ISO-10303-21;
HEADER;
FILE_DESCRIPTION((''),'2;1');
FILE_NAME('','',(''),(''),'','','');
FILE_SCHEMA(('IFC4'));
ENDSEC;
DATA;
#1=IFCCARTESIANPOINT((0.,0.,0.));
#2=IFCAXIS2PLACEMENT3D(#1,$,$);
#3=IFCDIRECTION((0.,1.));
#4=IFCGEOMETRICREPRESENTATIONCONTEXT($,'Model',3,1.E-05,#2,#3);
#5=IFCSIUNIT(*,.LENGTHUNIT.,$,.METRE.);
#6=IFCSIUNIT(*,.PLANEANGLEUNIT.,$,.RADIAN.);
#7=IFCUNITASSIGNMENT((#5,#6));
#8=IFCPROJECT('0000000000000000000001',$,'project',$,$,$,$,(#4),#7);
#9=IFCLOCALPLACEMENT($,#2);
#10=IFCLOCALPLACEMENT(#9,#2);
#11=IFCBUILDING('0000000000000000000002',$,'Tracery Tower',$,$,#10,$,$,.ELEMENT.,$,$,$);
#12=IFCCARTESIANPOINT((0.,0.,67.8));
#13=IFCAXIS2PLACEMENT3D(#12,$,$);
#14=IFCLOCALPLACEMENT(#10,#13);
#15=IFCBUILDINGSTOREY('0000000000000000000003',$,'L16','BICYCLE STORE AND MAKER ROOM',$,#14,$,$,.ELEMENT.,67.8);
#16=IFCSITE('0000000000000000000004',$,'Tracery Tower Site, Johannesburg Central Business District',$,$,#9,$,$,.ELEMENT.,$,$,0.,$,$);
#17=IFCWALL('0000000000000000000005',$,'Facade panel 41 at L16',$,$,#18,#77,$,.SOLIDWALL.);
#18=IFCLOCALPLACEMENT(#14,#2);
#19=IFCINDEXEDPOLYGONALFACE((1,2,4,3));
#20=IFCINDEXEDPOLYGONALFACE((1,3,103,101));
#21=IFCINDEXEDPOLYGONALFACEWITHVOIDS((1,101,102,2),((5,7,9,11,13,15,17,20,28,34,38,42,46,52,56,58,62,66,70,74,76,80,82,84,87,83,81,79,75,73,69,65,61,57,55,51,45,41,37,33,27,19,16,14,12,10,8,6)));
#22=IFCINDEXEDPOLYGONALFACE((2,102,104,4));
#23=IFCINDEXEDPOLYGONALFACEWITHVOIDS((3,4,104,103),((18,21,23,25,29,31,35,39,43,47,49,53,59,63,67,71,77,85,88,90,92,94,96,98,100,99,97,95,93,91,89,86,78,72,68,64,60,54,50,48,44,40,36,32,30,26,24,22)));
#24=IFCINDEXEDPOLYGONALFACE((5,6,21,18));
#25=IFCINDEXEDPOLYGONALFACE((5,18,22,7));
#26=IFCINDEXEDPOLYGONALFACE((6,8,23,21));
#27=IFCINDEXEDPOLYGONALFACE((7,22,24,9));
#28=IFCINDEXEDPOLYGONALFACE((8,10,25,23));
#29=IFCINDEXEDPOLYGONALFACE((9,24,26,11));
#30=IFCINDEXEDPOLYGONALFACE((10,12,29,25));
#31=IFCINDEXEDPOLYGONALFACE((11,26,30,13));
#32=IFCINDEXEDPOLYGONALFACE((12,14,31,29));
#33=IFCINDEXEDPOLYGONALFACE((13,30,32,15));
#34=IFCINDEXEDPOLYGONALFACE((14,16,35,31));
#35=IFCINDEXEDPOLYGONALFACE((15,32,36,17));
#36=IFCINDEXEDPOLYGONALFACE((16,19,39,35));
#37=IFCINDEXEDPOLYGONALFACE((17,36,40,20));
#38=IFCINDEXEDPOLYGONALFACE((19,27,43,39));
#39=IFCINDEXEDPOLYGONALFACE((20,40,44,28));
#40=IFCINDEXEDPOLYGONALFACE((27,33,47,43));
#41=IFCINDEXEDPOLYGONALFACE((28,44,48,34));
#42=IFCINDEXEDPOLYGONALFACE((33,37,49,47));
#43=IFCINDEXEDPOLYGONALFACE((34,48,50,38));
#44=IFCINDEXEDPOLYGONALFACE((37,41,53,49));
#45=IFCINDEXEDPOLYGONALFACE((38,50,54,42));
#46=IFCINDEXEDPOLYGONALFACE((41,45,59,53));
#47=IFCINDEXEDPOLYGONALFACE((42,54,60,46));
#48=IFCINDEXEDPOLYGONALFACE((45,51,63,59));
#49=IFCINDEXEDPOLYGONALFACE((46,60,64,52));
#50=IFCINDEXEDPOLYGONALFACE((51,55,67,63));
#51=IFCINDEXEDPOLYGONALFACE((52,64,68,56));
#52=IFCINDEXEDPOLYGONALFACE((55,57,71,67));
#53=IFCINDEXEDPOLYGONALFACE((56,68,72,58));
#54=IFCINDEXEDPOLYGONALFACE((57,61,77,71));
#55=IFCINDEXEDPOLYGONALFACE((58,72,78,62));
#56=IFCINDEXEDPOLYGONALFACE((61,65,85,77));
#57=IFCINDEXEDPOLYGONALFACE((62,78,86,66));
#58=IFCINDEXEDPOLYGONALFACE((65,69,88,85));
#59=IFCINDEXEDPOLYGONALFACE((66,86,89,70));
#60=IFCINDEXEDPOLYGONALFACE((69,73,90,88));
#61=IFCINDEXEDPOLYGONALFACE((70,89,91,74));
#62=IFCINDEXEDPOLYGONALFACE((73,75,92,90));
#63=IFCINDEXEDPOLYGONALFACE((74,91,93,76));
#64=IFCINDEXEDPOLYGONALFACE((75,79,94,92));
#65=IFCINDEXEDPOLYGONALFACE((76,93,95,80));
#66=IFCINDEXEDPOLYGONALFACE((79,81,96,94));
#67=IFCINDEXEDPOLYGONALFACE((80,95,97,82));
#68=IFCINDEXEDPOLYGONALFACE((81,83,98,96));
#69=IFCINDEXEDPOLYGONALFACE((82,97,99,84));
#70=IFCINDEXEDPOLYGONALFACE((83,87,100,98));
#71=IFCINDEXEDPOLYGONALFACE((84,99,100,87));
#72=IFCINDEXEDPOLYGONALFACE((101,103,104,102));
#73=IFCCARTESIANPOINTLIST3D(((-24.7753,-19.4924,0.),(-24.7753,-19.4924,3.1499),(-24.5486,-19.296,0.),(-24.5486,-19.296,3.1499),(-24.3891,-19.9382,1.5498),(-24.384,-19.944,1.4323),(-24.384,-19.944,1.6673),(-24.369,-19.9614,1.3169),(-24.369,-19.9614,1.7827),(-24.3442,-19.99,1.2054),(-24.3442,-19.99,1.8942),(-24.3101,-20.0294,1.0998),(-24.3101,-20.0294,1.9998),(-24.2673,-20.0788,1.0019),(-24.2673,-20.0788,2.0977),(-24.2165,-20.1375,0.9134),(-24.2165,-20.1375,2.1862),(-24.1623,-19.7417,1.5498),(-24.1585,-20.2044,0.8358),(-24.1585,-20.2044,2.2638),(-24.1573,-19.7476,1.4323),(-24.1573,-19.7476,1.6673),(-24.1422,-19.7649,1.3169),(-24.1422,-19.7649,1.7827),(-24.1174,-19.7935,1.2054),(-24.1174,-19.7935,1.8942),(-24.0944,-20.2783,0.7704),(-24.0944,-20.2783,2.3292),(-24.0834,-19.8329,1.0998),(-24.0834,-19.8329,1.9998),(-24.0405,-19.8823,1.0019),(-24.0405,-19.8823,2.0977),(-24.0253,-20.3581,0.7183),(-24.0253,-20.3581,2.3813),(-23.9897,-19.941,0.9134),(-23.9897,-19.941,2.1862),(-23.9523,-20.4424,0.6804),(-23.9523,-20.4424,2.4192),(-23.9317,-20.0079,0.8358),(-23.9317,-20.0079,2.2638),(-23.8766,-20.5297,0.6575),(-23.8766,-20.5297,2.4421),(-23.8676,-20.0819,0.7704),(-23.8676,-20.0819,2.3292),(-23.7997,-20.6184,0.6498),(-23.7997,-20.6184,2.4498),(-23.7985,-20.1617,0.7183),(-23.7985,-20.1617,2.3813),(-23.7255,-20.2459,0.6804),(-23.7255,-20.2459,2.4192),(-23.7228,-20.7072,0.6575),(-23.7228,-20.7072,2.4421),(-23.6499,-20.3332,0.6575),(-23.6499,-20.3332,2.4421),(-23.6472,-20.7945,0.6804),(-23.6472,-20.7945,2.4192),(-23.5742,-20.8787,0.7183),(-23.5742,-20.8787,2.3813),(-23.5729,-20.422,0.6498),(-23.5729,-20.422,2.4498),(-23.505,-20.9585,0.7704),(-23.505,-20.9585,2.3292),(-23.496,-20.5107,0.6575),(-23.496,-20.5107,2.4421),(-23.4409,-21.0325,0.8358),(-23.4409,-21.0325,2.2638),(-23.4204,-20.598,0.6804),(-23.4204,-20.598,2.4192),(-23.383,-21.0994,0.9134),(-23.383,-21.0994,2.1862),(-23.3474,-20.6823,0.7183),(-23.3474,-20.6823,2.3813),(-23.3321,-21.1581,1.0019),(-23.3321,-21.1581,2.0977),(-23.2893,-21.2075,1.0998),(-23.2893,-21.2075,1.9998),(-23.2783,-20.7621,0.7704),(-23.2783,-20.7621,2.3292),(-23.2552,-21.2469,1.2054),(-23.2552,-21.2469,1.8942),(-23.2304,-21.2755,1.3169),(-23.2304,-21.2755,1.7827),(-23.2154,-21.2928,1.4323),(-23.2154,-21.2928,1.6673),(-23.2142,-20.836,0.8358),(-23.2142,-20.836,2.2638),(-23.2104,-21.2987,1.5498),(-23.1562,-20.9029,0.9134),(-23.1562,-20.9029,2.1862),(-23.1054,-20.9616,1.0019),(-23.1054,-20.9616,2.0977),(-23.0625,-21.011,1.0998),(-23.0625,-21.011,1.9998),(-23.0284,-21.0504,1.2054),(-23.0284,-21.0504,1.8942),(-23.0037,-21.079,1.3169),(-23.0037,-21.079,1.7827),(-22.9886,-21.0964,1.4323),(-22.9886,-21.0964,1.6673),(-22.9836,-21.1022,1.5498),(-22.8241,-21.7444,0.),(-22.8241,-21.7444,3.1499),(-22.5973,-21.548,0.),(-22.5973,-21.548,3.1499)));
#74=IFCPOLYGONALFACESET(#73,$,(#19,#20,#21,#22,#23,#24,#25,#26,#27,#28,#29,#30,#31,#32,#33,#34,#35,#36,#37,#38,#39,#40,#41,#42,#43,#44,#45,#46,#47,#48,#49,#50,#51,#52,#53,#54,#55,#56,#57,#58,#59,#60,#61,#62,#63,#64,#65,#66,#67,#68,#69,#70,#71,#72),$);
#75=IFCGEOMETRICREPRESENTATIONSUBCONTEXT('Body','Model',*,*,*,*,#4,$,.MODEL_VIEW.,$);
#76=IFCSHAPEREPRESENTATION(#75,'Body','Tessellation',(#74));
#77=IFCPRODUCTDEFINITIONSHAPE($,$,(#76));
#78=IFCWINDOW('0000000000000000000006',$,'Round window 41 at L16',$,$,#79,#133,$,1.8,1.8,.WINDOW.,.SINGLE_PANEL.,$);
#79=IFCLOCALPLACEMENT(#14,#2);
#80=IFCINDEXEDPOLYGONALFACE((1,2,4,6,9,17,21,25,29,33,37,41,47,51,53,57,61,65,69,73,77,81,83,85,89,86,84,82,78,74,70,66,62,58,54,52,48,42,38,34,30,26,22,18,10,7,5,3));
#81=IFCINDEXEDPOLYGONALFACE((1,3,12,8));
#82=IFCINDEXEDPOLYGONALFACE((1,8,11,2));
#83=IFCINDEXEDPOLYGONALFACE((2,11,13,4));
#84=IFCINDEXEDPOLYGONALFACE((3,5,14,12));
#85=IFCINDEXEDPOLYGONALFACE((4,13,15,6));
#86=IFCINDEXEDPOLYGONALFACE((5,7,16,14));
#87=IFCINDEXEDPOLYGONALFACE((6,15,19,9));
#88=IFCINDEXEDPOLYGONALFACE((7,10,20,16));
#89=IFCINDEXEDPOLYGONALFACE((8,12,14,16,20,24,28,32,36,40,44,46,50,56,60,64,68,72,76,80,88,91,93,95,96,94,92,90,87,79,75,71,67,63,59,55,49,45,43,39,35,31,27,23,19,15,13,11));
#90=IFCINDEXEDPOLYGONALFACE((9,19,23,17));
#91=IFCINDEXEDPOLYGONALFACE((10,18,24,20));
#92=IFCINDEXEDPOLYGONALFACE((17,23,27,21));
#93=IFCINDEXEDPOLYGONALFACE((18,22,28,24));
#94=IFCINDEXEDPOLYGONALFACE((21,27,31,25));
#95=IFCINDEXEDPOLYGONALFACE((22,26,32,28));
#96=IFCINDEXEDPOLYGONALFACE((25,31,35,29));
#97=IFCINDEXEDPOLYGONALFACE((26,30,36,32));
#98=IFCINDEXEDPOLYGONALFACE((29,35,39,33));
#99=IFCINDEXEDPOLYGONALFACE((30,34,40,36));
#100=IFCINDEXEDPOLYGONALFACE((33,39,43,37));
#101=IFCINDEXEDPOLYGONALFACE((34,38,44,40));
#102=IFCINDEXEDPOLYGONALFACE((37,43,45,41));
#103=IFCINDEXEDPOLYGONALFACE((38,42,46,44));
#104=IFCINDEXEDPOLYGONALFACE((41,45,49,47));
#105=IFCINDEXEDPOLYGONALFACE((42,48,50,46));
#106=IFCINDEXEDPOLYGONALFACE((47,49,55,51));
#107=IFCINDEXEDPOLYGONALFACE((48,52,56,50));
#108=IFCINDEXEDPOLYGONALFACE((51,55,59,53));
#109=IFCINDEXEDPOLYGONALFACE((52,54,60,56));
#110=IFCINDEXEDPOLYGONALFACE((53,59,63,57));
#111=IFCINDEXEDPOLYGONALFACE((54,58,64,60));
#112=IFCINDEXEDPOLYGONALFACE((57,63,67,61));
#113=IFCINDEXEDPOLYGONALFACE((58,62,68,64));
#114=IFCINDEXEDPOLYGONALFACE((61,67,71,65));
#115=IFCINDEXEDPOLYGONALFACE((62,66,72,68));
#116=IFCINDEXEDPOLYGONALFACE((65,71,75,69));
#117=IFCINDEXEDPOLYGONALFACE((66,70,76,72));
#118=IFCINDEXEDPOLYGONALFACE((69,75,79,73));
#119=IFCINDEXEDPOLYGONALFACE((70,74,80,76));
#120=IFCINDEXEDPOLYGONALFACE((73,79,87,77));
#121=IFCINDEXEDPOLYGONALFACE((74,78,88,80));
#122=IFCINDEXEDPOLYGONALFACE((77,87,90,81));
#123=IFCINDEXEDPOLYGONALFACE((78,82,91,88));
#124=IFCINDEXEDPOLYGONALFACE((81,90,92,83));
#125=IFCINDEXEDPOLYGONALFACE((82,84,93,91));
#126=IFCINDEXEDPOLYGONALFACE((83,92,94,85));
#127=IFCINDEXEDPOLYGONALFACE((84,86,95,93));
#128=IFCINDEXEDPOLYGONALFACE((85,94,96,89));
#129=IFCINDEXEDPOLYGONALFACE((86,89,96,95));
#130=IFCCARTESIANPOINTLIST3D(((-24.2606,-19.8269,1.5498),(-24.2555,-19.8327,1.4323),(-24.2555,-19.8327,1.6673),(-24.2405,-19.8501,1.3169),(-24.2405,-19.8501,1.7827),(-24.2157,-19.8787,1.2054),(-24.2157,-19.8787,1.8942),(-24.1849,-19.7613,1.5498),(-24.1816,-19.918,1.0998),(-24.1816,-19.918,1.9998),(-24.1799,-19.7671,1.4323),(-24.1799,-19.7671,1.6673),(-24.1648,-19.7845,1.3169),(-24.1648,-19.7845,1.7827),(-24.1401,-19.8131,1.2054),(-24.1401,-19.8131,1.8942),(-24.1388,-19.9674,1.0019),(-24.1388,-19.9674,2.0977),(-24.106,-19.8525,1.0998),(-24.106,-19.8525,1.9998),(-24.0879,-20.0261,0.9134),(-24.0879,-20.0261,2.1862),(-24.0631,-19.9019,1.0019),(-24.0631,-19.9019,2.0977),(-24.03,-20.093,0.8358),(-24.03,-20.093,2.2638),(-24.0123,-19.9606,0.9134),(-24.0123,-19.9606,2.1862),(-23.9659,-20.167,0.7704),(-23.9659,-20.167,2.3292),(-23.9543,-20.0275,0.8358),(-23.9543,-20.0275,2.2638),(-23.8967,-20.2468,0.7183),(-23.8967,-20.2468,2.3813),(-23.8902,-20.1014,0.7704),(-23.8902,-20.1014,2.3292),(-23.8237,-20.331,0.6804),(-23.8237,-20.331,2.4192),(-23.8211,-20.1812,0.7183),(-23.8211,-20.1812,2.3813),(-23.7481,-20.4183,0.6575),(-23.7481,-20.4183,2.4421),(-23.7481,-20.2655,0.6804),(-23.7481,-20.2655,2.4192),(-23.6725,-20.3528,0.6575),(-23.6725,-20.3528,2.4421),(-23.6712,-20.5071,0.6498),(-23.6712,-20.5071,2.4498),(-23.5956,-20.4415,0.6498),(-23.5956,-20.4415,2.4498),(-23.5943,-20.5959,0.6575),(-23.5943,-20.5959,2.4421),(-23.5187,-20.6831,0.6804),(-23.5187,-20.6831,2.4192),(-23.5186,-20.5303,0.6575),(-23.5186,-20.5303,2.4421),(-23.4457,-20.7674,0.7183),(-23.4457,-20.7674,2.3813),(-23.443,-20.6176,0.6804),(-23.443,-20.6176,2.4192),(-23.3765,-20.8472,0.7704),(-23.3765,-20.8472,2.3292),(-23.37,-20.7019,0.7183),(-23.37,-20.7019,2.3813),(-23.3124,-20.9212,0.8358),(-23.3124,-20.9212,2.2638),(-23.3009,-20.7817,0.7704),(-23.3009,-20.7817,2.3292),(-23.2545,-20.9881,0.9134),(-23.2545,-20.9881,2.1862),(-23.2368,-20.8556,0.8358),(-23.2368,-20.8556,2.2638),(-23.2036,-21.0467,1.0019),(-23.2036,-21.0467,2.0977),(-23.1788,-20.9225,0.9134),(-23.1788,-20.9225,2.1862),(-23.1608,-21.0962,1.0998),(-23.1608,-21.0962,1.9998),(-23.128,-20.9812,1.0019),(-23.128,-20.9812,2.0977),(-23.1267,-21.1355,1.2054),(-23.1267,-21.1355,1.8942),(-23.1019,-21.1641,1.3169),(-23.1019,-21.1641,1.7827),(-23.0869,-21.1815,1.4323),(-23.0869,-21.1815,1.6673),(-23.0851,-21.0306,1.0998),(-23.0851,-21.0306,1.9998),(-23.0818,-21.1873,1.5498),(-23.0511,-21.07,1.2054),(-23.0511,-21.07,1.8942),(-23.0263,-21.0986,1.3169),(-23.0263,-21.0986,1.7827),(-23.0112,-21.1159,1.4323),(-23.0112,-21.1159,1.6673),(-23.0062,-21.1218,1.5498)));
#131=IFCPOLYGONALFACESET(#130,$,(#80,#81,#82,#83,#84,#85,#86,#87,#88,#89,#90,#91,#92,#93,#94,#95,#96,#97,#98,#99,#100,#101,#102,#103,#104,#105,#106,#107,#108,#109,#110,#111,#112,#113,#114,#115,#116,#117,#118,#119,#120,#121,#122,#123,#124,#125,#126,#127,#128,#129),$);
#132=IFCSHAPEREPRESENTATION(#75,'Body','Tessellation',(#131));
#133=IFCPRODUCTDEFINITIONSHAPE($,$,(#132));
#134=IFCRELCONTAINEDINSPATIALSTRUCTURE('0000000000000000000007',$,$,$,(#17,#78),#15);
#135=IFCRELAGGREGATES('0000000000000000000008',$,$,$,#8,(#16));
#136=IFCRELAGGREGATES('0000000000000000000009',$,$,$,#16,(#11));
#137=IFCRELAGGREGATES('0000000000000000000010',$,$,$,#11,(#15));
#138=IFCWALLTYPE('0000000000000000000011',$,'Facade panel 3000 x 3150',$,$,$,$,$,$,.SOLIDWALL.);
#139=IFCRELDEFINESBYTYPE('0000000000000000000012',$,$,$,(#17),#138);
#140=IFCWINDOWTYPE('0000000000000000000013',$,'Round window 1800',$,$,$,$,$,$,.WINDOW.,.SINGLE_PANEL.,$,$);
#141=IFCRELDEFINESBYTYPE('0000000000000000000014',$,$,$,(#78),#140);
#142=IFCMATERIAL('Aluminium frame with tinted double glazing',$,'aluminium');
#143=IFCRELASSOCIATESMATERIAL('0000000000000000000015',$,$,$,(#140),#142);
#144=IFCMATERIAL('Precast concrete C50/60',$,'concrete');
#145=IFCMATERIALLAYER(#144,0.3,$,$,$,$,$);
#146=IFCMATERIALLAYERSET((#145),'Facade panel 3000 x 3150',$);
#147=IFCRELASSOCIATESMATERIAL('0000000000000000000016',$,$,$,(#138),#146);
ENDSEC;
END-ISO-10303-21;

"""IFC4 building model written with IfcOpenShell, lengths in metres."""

from ifc_helpers import new_model, si_unit, direction, frame, frame_2d, origin, origin_2d, place, context, subcontext, project, spatial, rectangle, circle, extrude, material, layer, layer_set, type_object, element, fill, save


model = new_model("IFC4")

# Units and contexts
model_context = context("Model", 3, precision=1e-05, world=origin(), true_north=direction((0.0, 1.0)))
body_context = subcontext(model_context, "Body", "Model", "MODEL_VIEW")
ifc_project = project(units=[si_unit("LENGTHUNIT", "METRE"), si_unit("PLANEANGLEUNIT", "RADIAN")], contexts=[model_context])

# Site, building, storey
site_placement = place(None, origin())
site = spatial("IfcSite", under=ifc_project, at=site_placement, Name="Tracery Tower Site, Johannesburg Central Business District", CompositionType="ELEMENT", RefElevation=0.0)
building_placement = place(site_placement, origin())
building = spatial("IfcBuilding", under=site, at=building_placement, Name="Tracery Tower", CompositionType="ELEMENT")
storey_placement = place(building_placement, frame((0.0, 0.0, 67.8)))
storey = spatial("IfcBuildingStorey", under=building, at=storey_placement, Name="L16", Description="BICYCLE STORE AND MAKER ROOM", CompositionType="ELEMENT", Elevation=67.8)

# Wall, opening, window
ifc_material_1 = material(Name="Aluminium frame with tinted double glazing", Category="aluminium")
window_type = type_object("IfcWindowType", Name="Round window 1800", PartitioningType="SINGLE_PANEL", PredefinedType="WINDOW", material=ifc_material_1)
ifc_material_2 = material(Name="Precast concrete C50/60", Category="concrete")
ifc_layer_1 = layer(ifc_material_2, 0.3)
ifc_layer_set_1 = layer_set([ifc_layer_1], Name="Facade panel 3000 x 3150")
wall_type_1 = type_object("IfcWallType", Name="Facade panel 3000 x 3150", PredefinedType="SOLIDWALL", material=ifc_layer_set_1)
wall_1_placement = place(storey_placement, frame((-24.6619, -19.3943, 0.0), z_axis=(0.0, 0.0, 1.0), x_axis=(0.654831, -0.755776, 0.0)))
wall_1 = element("IfcWall", 1, at=wall_1_placement, inside=storey, type_object=wall_type_1, Name="Facade panel 41 at L16", PredefinedType="SOLIDWALL", context=body_context, shape_type="SweptSolid", body=[
    extrude(rectangle(XDim=2.9797, YDim=0.3, at=frame_2d((1.4897, 0.0))), origin(), (0.0, 0.0, 1.0), 3.1499),
])
opening_1_placement = place(wall_1_placement, frame((1.4897, 0.0, 1.5498)))
opening_1 = element("IfcOpeningElement", 2, at=opening_1_placement, cuts=wall_1, PredefinedType="OPENING", context=body_context, shape_type="SweptSolid", body=[
    extrude(circle(Radius=0.9, at=origin_2d()), frame((0.0, 0.1599, 0.0), z_axis=(0.0, -1.0, 0.0), x_axis=(1.0, 0.0, 0.0)), (0.0, 0.0, 1.0), 0.3201),
])
window_1_placement = place(opening_1_placement, origin())
window_1 = element("IfcWindow", 3, at=window_1_placement, inside=storey, type_object=window_type, Name="Round window 41 at L16", OverallHeight=1.8, OverallWidth=1.8, PartitioningType="SINGLE_PANEL", PredefinedType="WINDOW", context=body_context, shape_type="SweptSolid", body=[
    extrude(circle(Radius=0.9, at=origin_2d()), frame((0.0, 0.1201, 0.0), z_axis=(0.0, -1.0, 0.0), x_axis=(1.0, 0.0, 0.0)), (0.0, 0.0, 1.0), 0.1001),
])
fill(opening_1, window_1)

save(model, "model.ifc")
